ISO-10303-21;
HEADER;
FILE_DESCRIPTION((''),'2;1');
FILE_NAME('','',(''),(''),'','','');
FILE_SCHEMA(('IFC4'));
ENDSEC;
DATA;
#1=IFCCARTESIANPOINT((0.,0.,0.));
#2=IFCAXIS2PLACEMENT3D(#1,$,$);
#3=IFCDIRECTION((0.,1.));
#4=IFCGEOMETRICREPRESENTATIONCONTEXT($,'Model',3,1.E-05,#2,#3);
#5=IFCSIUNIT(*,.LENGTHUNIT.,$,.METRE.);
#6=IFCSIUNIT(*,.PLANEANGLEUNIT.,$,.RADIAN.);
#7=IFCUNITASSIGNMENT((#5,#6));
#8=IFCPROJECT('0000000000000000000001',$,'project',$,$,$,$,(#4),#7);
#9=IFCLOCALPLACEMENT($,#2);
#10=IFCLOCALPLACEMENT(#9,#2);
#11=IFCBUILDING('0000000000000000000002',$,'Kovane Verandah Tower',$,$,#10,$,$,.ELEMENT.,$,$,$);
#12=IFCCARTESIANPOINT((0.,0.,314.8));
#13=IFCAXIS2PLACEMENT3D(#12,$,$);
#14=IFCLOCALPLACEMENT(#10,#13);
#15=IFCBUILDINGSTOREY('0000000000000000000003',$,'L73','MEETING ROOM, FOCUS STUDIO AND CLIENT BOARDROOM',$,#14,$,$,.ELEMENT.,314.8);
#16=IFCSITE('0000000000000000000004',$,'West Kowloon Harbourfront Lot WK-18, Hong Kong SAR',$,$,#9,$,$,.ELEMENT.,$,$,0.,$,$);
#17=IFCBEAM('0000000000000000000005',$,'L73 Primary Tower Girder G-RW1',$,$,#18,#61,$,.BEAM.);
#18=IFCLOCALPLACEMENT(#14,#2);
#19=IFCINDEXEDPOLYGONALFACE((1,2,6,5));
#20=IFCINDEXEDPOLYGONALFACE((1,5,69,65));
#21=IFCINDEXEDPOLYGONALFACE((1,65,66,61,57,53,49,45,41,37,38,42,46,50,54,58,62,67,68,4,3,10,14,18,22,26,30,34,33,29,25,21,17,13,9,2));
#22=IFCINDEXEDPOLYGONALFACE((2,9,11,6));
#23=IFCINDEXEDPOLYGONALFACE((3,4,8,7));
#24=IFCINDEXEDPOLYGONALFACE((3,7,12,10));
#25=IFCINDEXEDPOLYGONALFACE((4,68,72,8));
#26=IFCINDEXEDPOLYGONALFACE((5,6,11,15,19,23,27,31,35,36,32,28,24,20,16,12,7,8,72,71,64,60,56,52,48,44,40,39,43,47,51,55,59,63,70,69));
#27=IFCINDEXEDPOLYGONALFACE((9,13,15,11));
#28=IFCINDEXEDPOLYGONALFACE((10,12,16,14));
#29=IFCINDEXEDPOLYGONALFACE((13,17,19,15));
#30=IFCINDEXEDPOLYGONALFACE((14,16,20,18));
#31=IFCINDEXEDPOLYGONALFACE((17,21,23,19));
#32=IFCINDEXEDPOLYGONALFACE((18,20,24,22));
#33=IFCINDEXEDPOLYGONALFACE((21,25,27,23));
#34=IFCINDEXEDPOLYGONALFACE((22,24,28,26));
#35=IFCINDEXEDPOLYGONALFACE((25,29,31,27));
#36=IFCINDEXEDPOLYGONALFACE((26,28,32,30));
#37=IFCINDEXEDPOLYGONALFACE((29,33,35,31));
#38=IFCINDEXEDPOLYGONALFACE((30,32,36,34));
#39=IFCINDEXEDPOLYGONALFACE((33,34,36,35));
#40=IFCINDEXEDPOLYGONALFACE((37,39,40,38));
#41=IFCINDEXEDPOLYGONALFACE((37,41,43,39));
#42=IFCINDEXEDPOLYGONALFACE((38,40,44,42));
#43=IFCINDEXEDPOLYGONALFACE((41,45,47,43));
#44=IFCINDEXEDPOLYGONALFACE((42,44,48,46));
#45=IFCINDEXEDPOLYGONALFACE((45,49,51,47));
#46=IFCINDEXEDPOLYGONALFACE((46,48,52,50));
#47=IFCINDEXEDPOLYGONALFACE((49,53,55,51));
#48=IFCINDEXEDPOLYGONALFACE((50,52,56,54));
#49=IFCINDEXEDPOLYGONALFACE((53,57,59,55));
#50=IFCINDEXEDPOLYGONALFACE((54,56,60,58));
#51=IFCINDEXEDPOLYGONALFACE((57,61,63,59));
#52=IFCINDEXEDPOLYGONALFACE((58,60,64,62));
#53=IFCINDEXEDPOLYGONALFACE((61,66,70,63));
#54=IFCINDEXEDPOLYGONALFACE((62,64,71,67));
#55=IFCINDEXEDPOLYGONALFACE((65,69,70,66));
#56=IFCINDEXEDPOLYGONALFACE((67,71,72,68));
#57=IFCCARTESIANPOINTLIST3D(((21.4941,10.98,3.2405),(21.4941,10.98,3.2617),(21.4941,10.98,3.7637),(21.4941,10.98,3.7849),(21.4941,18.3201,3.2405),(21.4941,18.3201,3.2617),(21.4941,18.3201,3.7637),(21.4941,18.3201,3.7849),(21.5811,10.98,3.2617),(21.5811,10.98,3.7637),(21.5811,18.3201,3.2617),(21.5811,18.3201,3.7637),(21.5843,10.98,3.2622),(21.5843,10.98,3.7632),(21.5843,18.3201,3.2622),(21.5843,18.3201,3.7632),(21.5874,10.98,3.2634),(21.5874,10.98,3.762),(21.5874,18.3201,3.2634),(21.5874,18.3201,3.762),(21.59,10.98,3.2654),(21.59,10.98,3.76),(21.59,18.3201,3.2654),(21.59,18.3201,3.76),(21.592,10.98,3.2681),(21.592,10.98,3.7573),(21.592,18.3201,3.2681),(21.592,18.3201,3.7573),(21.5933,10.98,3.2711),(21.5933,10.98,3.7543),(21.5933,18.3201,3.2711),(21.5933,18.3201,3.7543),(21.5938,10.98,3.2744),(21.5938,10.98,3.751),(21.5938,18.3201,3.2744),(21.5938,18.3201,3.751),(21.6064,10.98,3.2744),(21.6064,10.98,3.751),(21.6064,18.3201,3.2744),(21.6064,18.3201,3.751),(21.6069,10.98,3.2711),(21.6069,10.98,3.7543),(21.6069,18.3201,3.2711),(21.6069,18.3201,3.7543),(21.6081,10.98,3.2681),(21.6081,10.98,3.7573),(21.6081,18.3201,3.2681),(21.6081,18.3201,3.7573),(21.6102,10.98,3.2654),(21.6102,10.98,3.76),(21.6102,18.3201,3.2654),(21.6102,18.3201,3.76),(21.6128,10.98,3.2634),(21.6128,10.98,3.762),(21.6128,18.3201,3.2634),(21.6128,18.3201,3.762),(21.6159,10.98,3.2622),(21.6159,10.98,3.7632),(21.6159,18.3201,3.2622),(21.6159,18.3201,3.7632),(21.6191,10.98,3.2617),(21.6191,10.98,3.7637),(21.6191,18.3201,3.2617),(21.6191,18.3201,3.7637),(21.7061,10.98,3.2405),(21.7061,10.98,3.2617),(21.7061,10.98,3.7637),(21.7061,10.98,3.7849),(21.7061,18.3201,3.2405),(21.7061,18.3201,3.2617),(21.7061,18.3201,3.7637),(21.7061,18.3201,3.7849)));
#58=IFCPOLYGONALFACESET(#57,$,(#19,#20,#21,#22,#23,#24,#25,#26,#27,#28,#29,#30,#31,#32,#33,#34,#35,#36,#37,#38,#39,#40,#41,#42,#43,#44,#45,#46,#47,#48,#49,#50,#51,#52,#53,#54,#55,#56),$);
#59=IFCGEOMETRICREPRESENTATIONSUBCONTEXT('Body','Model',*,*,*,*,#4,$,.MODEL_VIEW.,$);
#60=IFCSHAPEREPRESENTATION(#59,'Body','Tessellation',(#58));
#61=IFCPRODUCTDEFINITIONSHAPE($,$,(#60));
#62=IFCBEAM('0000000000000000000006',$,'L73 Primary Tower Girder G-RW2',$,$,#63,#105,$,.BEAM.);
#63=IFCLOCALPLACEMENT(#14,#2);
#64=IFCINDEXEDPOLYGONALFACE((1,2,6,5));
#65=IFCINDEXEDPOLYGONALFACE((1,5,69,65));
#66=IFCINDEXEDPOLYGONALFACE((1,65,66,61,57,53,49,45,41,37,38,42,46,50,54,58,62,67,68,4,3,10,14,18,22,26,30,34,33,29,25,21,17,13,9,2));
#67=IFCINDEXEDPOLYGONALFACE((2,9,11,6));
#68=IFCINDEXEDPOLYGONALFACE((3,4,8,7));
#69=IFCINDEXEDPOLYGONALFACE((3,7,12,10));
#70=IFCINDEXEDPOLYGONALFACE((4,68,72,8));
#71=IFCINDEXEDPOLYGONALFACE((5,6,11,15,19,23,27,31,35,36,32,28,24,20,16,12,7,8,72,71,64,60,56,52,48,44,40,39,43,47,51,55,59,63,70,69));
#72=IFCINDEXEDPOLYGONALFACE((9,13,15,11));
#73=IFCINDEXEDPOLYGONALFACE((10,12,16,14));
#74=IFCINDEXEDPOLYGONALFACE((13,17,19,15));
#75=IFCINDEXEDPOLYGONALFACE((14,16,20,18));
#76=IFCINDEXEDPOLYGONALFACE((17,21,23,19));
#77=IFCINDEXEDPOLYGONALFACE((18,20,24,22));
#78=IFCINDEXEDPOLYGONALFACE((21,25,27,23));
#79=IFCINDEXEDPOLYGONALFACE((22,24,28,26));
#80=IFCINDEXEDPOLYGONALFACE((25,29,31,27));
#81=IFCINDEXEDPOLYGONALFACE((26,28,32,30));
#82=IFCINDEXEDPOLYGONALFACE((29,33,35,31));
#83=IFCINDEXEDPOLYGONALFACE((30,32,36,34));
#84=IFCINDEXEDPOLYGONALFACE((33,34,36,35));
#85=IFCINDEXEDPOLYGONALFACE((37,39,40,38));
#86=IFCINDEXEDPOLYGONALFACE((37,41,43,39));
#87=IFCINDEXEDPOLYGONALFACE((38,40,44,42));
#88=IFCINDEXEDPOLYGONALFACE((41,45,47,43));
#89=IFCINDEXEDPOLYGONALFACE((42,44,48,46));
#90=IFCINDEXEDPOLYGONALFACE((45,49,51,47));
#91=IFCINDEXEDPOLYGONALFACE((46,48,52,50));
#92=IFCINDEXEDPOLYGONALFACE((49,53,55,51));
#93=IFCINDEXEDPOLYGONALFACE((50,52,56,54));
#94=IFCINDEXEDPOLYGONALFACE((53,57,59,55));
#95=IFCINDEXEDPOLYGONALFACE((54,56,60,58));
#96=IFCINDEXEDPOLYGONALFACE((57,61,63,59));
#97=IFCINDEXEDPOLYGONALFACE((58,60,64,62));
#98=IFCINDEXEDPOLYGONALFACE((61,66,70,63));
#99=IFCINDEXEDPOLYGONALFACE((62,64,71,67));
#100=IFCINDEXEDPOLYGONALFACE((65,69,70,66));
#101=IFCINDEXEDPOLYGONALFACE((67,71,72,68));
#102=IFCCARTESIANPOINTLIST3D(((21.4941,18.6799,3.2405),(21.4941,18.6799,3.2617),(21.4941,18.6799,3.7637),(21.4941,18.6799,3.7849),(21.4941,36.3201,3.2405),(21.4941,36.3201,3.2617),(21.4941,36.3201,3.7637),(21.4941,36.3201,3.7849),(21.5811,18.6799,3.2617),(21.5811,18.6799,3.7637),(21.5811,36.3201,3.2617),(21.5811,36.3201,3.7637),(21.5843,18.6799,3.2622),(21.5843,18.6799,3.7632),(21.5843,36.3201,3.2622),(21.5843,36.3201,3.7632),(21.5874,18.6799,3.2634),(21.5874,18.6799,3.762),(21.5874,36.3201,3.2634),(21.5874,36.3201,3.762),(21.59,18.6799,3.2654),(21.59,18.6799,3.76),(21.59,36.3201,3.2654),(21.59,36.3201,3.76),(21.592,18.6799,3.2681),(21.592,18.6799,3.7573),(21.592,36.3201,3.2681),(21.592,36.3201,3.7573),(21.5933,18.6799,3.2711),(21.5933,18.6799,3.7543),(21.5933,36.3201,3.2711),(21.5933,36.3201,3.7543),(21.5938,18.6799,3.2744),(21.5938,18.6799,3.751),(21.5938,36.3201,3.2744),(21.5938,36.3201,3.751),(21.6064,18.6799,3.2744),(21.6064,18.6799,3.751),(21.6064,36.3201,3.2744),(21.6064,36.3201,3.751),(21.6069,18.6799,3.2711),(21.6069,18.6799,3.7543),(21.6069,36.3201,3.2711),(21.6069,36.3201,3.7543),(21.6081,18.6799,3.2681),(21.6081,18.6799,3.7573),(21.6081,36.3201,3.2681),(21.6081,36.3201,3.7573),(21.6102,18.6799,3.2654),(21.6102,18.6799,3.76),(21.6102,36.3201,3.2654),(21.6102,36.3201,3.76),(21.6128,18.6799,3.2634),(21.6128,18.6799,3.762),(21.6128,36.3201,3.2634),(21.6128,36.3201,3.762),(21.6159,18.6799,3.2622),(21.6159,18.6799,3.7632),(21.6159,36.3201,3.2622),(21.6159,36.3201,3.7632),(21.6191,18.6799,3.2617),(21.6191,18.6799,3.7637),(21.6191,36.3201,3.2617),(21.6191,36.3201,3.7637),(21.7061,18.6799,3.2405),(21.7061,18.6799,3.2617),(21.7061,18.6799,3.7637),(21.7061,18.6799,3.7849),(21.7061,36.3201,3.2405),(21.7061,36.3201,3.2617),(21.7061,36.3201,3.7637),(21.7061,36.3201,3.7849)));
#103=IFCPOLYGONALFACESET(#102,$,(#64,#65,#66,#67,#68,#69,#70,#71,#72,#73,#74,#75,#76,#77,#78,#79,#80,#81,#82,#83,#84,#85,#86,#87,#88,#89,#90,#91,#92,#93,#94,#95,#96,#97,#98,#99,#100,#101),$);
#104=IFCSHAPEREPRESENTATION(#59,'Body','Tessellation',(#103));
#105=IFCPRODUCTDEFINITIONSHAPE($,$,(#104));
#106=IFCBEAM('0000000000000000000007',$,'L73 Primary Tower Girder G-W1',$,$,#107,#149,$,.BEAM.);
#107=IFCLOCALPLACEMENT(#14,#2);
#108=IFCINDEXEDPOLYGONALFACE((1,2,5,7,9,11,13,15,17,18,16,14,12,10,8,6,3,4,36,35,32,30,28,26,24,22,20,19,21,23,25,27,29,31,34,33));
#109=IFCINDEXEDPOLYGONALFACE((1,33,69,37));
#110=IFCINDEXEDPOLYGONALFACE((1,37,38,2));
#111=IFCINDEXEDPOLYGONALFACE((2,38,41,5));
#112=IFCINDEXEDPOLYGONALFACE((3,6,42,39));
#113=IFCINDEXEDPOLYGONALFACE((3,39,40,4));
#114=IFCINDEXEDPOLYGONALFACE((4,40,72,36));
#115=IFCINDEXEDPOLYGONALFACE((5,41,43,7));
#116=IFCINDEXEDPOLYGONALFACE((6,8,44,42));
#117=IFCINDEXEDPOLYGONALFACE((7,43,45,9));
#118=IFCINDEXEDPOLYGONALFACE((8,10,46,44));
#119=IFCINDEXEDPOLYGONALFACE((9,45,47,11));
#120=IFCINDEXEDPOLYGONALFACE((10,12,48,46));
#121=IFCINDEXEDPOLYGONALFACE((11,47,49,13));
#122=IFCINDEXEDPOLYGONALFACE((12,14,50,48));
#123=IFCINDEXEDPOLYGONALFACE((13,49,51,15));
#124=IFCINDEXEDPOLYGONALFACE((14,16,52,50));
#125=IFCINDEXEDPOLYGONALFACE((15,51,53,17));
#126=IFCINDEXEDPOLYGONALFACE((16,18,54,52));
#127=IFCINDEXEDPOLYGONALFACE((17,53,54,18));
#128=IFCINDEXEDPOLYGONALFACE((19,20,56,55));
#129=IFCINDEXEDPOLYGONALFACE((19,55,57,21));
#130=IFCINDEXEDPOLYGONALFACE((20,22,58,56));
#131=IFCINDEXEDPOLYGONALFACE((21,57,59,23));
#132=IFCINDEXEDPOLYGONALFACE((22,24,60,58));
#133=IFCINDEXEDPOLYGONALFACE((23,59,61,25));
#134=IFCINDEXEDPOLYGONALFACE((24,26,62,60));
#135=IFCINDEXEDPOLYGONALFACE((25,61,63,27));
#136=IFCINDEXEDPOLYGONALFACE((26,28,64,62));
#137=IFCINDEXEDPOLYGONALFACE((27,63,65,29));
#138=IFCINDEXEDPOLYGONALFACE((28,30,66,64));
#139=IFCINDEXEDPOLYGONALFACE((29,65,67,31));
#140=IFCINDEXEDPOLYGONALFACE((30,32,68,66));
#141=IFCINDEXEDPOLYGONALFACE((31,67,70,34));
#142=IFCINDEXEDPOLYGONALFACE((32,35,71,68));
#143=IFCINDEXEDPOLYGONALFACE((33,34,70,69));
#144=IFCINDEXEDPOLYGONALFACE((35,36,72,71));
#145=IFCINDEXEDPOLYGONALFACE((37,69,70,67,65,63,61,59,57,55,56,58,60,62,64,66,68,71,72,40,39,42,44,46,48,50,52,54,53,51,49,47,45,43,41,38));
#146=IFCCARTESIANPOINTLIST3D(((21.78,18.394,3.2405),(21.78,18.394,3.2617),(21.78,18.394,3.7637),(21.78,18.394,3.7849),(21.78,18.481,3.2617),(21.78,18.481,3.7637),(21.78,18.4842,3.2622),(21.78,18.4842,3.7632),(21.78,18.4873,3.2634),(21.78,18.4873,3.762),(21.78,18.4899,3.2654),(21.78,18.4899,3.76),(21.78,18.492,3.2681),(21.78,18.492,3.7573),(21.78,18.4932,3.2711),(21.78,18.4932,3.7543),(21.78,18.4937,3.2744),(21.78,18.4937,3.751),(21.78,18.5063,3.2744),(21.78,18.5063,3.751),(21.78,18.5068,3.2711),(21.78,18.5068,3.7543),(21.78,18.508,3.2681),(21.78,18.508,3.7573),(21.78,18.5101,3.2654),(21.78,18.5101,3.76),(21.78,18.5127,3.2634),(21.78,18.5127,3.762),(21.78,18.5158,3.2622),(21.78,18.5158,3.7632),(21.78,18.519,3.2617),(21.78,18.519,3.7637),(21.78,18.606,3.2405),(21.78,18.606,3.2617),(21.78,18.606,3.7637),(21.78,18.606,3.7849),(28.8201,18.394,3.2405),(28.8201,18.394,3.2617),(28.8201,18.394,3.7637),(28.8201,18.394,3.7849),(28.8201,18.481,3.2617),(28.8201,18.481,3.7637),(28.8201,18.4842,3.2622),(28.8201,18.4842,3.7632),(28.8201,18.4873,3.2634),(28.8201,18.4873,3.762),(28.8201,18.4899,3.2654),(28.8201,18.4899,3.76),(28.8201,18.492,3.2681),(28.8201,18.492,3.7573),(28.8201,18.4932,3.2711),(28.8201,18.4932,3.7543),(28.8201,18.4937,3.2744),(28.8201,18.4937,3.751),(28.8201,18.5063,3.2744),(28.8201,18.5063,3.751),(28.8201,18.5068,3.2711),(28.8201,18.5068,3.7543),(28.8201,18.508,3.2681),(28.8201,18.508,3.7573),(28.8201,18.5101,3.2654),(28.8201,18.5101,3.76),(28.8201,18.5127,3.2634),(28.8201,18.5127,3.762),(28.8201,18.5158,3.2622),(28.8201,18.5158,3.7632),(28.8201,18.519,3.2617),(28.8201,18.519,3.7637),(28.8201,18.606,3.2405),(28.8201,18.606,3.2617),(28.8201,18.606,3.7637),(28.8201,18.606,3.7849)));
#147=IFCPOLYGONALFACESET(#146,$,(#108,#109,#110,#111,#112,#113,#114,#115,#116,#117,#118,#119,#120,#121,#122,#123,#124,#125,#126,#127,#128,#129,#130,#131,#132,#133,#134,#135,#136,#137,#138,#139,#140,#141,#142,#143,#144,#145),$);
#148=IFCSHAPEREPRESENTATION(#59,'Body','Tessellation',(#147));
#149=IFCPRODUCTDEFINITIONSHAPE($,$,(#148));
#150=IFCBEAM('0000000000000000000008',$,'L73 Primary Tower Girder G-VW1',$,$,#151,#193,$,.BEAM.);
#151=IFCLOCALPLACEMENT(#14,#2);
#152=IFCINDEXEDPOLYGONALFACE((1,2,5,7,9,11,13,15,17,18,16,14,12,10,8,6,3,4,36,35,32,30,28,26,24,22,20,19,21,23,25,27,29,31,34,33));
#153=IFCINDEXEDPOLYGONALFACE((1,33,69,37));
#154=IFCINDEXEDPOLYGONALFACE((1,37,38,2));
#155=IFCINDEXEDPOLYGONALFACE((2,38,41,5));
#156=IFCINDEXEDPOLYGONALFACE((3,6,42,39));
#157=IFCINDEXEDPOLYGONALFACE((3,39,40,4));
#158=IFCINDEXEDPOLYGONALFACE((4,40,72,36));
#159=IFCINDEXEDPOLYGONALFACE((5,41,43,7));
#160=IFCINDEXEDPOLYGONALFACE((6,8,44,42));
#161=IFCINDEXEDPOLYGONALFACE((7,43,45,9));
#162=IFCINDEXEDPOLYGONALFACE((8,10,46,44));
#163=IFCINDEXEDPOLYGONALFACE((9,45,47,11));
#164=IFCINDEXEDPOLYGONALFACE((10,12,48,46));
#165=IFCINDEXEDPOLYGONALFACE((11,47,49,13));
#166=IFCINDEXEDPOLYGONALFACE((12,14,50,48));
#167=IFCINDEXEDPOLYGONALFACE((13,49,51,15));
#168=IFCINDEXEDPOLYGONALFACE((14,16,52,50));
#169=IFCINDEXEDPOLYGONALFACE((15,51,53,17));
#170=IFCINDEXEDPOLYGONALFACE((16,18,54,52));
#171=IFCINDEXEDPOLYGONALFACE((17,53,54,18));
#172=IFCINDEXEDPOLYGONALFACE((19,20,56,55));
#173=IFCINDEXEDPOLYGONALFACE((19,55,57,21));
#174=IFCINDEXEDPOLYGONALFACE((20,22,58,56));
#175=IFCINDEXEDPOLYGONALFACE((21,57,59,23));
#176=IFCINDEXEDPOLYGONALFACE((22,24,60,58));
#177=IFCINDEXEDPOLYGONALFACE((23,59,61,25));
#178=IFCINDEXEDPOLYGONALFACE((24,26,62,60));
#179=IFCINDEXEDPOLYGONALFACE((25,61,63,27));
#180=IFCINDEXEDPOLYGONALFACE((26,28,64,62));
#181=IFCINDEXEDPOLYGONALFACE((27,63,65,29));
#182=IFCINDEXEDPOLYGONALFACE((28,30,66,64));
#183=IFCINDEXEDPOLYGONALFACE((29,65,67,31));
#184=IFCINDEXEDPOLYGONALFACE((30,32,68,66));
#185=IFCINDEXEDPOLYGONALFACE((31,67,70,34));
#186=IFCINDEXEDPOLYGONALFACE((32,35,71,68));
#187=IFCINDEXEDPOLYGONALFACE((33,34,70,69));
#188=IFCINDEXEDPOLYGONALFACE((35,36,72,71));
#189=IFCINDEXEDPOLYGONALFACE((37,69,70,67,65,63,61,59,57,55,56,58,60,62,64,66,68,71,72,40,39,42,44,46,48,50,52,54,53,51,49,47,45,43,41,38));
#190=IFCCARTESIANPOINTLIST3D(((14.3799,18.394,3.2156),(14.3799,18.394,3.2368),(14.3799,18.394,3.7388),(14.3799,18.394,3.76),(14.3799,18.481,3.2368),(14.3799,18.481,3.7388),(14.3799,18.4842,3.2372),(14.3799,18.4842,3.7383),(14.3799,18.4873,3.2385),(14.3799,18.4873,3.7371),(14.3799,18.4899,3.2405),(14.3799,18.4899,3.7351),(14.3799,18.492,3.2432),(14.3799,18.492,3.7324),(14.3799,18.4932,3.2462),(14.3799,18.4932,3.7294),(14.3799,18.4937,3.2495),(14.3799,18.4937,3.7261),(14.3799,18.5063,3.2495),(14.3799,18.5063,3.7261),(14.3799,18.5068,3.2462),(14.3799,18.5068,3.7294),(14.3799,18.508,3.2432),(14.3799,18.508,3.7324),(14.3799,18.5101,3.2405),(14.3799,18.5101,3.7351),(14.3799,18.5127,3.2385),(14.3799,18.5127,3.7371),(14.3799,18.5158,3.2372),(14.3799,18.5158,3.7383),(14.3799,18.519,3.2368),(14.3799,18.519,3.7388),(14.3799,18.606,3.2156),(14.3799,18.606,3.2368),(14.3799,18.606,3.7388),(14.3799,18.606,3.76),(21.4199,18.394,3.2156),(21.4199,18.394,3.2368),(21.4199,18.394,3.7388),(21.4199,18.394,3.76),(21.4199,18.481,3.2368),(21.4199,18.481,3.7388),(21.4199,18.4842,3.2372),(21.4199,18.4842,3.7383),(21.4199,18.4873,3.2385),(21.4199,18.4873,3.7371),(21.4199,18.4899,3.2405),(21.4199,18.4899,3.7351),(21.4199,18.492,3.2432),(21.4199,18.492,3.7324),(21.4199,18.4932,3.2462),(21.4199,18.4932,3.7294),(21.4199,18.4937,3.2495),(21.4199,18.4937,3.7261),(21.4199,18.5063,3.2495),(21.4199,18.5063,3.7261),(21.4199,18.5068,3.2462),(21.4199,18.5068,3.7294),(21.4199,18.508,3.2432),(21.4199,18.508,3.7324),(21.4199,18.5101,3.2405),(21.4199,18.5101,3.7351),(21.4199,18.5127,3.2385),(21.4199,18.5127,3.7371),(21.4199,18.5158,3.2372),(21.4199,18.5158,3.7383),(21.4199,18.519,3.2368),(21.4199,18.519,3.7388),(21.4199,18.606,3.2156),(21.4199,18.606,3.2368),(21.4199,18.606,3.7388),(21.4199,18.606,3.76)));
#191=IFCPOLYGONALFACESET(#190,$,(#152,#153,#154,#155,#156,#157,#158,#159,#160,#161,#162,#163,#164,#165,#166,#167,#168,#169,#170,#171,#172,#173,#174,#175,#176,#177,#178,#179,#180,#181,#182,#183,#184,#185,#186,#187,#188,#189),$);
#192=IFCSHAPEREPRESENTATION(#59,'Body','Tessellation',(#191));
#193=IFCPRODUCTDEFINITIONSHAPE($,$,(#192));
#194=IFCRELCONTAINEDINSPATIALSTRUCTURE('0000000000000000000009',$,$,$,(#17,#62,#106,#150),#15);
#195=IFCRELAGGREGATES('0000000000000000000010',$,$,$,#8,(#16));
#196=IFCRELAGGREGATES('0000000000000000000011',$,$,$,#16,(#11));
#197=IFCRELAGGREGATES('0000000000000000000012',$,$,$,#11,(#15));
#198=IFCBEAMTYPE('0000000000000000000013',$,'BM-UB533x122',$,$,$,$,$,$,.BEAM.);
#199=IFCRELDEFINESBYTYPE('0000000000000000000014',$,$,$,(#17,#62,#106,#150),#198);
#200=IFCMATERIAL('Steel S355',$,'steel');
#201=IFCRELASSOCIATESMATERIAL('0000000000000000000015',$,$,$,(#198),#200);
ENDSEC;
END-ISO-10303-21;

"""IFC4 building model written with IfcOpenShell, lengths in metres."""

from ifc_helpers import new_model, si_unit, direction, frame, origin, origin_2d, place, context, subcontext, project, spatial, i_section, extrude, material, material_profile, profile_set, type_object, element, save


model = new_model("IFC4")

# Units and contexts
model_context = context("Model", 3, precision=1e-05, world=origin(), true_north=direction((0.0, 1.0)))
body_context = subcontext(model_context, "Body", "Model", "MODEL_VIEW")
ifc_project = project(units=[si_unit("LENGTHUNIT", "METRE"), si_unit("PLANEANGLEUNIT", "RADIAN")], contexts=[model_context])

# Site, building, storey
site_placement = place(None, origin())
site = spatial("IfcSite", under=ifc_project, at=site_placement, Name="West Kowloon Harbourfront Lot WK-18, Hong Kong SAR", CompositionType="ELEMENT", RefElevation=0.0)
building_placement = place(site_placement, origin())
building = spatial("IfcBuilding", under=site, at=building_placement, Name="Kovane Verandah Tower", CompositionType="ELEMENT")
storey_placement = place(building_placement, frame((0.0, 0.0, 314.8)))
storey = spatial("IfcBuildingStorey", under=building, at=storey_placement, Name="L73", Description="MEETING ROOM, FOCUS STUDIO AND CLIENT BOARDROOM", CompositionType="ELEMENT", Elevation=314.8)

# Beams
ifc_material_1 = material(Name="Steel S355", Category="steel")
ifc_material_profile_1 = material_profile(ifc_material_1, i_section(OverallWidth=0.2119, OverallDepth=0.5444, WebThickness=0.0127, FlangeThickness=0.0212, FilletRadius=0.0127, at=origin_2d()), Name="UB533x210x122")
ifc_profile_set_1 = profile_set([ifc_material_profile_1], Name="Steel S355")
beam_type_1 = type_object("IfcBeamType", Name="BM-UB533x122", PredefinedType="BEAM", material=ifc_profile_set_1)
beam_1_placement = place(storey_placement, frame((21.6001, 10.98, 3.5127), z_axis=(0.0, 1.0, 0.0), x_axis=(-1.0, 0.0, 0.0)))
element("IfcBeam", 1, at=beam_1_placement, inside=storey, type_object=beam_type_1, Name="L73 Primary Tower Girder G-RW1", PredefinedType="BEAM", context=body_context, shape_type="SweptSolid", body=[
    extrude(i_section(OverallWidth=0.2119, OverallDepth=0.5444, WebThickness=0.0127, FlangeThickness=0.0212, FilletRadius=0.0127, at=origin_2d()), origin(), (0.0, 0.0, 1.0), 7.3401),
])
beam_2_placement = place(storey_placement, frame((21.6001, 18.6799, 3.5127), z_axis=(0.0, 1.0, 0.0), x_axis=(-1.0, 0.0, 0.0)))
element("IfcBeam", 2, at=beam_2_placement, inside=storey, type_object=beam_type_1, Name="L73 Primary Tower Girder G-RW2", PredefinedType="BEAM", context=body_context, shape_type="SweptSolid", body=[
    extrude(i_section(OverallWidth=0.2119, OverallDepth=0.5444, WebThickness=0.0127, FlangeThickness=0.0212, FilletRadius=0.0127, at=origin_2d()), origin(), (0.0, 0.0, 1.0), 17.6401),
])
for number, where, z_axis, x_axis, name in (
    (3, (28.8201, 18.5, 3.5127), (-1.0, 0.0, 0.0), (0.0, -1.0, 0.0), "L73 Primary Tower Girder G-W1"),
    (4, (21.4199, 18.5, 3.4878), (-1.0, 0.0, 0.0), (0.0, -1.0, 0.0), "L73 Primary Tower Girder G-VW1"),
):
    element("IfcBeam", number, at=place(storey_placement, frame(where, z_axis=z_axis, x_axis=x_axis)), inside=storey, type_object=beam_type_1, Name=name, PredefinedType="BEAM", context=body_context, shape_type="SweptSolid", body=[
        extrude(i_section(OverallWidth=0.2119, OverallDepth=0.5444, WebThickness=0.0127, FlangeThickness=0.0212, FilletRadius=0.0127, at=origin_2d()), origin(), (0.0, 0.0, 1.0), 7.04),
    ])

save(model, "model.ifc")
